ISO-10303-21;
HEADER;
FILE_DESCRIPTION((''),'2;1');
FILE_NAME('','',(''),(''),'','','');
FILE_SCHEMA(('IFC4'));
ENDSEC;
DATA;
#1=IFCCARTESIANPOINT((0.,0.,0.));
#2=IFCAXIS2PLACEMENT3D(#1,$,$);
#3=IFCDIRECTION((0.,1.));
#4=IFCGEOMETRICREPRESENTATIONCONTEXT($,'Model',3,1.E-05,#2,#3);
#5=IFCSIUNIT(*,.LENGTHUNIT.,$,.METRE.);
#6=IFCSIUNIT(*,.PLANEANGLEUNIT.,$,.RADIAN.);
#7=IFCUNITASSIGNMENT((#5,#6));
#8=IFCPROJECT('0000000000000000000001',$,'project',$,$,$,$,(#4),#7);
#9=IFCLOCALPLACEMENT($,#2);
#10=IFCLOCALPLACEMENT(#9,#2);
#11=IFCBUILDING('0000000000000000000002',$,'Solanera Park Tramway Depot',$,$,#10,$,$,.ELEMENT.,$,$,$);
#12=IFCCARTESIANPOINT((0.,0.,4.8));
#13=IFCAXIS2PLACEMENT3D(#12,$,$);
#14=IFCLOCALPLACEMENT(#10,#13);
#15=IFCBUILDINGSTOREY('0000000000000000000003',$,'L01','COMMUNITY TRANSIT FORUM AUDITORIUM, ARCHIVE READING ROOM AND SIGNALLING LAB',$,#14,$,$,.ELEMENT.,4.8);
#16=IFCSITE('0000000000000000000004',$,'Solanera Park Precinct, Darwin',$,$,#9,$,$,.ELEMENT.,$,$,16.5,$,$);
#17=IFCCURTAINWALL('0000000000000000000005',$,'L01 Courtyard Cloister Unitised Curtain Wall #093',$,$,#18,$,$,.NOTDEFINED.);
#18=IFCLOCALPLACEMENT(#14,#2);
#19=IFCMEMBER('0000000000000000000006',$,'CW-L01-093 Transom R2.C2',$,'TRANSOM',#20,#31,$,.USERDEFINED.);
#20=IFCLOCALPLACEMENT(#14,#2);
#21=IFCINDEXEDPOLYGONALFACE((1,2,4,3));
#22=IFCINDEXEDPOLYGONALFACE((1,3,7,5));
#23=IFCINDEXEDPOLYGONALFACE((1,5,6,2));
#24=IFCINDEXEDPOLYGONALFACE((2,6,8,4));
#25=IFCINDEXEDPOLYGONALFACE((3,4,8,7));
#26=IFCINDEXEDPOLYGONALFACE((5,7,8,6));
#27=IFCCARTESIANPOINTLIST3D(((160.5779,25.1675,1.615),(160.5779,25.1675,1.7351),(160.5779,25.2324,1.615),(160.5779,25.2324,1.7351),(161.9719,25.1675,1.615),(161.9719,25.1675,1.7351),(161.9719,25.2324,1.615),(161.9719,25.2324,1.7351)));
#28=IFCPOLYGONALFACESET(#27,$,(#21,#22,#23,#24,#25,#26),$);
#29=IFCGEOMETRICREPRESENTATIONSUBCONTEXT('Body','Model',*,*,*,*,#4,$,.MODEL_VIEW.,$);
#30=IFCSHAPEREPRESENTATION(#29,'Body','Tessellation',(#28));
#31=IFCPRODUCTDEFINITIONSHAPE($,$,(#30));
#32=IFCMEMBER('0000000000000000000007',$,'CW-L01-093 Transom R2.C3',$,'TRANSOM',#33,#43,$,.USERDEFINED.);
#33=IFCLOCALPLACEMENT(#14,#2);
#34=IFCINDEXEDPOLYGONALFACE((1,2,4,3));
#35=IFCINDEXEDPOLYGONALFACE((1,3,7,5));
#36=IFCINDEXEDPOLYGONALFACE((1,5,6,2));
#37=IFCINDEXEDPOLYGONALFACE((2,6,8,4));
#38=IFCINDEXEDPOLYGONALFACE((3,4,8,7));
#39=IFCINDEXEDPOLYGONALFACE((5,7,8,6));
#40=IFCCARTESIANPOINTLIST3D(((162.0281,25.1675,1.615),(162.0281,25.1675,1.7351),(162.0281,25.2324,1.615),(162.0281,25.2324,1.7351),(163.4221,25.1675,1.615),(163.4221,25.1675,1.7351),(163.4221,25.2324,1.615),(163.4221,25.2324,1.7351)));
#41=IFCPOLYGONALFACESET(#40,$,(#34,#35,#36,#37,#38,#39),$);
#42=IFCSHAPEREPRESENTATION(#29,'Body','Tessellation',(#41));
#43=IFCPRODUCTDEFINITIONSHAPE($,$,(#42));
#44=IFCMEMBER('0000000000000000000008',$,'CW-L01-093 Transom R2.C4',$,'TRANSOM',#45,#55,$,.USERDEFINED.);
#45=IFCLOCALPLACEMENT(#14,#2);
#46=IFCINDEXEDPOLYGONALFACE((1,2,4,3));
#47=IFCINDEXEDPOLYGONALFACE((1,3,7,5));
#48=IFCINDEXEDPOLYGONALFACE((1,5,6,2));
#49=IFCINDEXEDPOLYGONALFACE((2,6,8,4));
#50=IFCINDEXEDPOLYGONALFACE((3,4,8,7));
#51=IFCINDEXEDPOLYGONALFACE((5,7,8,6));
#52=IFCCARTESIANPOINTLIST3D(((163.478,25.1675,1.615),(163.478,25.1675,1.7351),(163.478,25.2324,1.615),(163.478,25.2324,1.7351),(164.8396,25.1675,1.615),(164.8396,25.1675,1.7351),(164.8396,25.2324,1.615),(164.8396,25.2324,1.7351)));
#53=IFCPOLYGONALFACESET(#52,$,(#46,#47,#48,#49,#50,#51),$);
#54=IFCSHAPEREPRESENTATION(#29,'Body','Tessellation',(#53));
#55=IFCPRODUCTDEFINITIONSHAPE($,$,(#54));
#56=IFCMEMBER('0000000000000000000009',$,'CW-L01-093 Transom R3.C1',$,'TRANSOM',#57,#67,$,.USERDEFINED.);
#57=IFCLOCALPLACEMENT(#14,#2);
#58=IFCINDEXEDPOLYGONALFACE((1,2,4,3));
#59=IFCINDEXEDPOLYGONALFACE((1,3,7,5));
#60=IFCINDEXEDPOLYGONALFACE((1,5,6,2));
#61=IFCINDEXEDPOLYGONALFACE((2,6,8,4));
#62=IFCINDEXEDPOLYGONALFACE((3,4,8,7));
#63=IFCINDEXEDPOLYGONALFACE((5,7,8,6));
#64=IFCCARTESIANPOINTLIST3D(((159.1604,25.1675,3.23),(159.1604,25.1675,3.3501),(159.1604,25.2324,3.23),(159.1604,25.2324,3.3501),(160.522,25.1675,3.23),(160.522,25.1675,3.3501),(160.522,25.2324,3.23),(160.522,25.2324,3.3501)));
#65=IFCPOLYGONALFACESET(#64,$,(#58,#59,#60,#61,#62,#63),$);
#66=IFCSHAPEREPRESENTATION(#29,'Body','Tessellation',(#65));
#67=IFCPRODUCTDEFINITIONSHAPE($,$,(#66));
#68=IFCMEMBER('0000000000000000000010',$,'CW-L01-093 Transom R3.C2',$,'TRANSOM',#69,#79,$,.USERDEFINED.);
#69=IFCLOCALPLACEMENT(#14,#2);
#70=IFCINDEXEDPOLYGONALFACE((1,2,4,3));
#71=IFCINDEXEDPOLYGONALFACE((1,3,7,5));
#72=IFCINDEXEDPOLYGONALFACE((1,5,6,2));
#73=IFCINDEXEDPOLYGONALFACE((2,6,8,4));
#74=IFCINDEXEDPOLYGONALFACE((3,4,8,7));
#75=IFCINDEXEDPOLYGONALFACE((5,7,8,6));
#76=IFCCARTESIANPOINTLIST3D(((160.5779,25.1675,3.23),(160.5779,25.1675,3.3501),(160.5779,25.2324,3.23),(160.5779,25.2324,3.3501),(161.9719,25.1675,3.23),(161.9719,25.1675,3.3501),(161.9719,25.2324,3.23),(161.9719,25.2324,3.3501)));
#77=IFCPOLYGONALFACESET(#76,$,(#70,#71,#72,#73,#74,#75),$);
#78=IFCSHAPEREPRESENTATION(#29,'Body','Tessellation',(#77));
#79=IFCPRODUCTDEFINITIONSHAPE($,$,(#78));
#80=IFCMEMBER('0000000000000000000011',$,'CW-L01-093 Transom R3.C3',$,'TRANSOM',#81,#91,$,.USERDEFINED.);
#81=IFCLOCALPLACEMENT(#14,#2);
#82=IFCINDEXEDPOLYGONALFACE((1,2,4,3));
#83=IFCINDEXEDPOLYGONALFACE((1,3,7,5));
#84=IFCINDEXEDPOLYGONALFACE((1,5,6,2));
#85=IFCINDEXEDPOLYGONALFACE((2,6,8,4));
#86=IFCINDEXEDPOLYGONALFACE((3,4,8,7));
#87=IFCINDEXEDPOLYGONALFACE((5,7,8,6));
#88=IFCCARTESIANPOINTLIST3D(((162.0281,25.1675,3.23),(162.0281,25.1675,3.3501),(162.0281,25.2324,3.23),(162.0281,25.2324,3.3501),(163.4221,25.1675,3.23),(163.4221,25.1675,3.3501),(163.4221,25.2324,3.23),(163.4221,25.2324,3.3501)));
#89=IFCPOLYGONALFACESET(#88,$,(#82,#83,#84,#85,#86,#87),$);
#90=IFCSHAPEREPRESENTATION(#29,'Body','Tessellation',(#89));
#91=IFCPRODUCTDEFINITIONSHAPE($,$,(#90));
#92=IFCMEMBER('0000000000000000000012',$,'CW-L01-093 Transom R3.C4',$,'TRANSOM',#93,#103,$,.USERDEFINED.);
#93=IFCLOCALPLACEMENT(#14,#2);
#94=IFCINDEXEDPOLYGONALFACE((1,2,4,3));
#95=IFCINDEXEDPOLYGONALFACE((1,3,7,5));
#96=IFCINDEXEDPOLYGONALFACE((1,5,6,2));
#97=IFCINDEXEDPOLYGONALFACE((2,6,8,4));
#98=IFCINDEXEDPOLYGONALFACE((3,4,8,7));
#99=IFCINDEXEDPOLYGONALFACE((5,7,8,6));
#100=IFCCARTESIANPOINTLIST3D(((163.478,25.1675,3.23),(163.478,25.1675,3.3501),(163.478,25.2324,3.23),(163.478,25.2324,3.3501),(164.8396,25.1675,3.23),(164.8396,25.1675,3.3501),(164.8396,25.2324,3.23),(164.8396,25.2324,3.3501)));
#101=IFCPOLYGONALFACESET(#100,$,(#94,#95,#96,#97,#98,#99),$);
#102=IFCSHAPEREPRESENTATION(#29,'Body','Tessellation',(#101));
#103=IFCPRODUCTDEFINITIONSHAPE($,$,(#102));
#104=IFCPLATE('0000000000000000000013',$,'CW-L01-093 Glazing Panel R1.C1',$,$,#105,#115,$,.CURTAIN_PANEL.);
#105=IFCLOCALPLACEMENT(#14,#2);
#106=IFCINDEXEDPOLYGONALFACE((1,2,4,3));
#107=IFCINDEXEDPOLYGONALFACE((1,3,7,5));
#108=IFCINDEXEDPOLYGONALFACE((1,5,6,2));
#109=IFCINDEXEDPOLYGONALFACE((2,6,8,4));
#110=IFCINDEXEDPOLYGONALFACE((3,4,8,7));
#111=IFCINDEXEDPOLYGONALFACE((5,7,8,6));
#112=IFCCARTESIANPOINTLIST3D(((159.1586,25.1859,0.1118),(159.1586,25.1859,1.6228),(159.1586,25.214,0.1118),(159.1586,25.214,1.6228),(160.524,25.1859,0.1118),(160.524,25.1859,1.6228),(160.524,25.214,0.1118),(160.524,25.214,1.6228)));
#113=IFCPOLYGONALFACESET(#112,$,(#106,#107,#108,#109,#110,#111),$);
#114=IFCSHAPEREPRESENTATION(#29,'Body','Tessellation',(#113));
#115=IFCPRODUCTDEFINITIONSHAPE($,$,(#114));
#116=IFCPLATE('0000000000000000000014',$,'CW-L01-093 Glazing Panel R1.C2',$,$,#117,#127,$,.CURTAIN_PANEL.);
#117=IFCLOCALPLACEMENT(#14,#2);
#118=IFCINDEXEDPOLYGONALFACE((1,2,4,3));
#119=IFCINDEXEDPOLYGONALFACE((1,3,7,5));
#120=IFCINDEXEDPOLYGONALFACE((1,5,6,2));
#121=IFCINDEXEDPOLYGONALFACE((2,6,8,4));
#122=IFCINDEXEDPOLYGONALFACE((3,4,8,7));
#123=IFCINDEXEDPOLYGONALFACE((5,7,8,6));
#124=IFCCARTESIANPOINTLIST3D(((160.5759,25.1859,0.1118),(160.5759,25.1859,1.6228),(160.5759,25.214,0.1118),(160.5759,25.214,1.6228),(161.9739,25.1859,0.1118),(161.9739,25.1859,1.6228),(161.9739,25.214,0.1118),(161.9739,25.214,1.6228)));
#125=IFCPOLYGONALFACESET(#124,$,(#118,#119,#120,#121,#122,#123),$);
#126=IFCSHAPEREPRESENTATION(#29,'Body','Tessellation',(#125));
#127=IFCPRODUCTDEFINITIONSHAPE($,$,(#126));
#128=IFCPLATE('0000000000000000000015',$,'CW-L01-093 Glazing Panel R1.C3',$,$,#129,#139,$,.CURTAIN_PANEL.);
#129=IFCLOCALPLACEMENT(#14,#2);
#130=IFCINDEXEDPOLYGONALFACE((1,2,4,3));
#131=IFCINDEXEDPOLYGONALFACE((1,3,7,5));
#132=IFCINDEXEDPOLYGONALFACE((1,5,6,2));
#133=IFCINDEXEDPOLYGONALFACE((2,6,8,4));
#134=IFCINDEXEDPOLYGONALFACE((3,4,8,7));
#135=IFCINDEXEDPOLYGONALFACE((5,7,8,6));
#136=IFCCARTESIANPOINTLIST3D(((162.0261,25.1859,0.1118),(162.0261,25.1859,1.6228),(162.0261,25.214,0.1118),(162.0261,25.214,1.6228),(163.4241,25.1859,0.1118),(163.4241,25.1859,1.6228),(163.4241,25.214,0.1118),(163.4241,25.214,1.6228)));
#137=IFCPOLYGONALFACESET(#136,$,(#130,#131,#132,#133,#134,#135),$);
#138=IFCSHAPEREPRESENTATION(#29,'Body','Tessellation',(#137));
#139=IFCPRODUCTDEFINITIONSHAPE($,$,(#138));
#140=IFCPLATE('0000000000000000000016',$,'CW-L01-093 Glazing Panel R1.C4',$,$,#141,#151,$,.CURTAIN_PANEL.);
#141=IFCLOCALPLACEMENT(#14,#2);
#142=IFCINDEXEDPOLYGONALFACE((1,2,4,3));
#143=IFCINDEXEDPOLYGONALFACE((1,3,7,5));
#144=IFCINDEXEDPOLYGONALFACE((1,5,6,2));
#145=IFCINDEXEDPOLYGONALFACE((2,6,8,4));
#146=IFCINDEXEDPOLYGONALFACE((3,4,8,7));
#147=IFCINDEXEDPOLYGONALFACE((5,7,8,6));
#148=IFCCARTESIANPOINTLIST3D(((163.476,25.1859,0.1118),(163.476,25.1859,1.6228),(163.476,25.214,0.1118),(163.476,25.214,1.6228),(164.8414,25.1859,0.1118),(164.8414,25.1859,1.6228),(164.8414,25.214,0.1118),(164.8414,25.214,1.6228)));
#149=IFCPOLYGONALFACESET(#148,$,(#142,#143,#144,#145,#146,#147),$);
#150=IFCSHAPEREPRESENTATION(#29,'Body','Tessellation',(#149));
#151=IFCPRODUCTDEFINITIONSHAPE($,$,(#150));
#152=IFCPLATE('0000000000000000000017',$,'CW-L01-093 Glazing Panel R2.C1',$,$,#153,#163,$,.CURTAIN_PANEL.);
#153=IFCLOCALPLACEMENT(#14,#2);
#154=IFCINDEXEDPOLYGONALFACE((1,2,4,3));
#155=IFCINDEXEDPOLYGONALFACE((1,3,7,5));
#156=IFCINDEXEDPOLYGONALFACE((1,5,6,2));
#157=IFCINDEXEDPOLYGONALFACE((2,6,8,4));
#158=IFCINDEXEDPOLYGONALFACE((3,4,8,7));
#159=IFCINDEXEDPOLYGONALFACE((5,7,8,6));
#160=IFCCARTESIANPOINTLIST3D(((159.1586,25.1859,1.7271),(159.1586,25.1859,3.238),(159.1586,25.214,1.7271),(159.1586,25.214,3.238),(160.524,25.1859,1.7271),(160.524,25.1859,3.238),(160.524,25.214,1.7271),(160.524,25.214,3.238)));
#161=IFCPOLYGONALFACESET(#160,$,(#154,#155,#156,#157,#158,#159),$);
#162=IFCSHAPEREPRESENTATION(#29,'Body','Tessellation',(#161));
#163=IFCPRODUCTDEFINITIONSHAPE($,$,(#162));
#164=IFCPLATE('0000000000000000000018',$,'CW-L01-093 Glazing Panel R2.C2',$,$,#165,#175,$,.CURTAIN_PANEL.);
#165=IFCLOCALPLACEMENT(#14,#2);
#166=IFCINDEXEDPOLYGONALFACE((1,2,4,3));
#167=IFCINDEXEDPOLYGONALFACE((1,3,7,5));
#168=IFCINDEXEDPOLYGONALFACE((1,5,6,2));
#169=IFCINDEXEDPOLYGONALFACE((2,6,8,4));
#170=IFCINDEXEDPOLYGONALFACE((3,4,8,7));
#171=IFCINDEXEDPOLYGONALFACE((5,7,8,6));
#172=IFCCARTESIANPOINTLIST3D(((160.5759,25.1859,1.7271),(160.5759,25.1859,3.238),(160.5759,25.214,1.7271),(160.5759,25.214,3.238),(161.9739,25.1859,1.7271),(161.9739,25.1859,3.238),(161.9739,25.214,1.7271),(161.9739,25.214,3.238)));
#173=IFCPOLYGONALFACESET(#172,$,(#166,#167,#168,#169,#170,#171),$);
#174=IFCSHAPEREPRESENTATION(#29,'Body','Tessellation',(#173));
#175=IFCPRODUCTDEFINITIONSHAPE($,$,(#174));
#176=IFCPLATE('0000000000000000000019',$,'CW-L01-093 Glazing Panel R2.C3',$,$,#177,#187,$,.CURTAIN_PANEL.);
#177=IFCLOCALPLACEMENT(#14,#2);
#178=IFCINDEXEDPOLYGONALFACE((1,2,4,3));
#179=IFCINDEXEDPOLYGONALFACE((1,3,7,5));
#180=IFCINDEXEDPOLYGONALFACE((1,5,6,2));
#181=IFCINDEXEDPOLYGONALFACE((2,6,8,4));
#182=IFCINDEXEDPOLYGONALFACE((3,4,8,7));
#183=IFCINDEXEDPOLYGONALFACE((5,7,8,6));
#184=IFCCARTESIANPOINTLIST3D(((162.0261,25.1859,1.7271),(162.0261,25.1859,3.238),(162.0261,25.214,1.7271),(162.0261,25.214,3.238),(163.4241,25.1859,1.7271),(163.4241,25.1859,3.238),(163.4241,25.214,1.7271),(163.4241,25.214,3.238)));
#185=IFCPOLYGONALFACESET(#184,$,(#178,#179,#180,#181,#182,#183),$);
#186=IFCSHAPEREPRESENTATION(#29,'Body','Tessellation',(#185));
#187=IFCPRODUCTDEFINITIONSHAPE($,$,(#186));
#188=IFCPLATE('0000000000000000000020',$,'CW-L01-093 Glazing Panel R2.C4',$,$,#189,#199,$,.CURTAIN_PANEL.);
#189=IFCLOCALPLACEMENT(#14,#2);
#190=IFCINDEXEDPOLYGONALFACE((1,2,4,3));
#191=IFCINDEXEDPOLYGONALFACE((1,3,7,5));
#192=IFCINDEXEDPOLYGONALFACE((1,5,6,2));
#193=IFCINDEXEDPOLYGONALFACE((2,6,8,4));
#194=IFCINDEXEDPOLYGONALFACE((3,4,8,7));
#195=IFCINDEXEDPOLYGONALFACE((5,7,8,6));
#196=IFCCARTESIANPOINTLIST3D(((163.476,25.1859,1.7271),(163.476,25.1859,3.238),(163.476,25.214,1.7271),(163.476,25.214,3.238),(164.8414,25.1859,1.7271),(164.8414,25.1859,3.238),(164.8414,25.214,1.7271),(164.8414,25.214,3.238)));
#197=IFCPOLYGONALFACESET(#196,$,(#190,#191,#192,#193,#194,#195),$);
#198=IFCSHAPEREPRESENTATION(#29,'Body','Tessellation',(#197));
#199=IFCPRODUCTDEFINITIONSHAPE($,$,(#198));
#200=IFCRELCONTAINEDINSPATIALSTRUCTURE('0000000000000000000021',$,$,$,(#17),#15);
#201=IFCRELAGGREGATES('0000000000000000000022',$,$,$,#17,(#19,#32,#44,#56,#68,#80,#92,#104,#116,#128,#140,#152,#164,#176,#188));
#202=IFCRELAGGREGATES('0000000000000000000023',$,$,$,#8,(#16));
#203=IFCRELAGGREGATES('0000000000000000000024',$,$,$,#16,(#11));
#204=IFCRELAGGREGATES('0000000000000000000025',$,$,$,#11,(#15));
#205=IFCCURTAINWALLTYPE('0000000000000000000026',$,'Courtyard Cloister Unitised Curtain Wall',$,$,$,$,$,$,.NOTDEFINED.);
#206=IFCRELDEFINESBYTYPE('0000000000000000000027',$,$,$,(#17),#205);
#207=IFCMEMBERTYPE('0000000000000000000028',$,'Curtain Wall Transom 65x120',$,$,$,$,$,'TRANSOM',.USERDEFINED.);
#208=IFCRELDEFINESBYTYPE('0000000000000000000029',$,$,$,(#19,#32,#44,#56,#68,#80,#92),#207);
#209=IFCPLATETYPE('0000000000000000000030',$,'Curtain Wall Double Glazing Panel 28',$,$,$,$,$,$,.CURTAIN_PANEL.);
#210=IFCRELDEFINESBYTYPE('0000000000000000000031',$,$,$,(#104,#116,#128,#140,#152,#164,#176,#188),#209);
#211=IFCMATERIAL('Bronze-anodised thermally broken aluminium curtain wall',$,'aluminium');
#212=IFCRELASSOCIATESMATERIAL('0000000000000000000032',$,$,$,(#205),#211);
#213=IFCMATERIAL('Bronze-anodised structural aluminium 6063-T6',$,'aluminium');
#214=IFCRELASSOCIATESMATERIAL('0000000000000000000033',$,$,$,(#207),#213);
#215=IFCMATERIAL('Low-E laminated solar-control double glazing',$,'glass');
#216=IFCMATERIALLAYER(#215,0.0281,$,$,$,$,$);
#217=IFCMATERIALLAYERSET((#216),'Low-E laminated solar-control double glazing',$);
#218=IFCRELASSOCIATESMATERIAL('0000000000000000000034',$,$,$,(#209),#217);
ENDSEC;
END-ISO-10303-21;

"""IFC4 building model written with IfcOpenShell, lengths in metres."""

from ifc_helpers import new_model, si_unit, direction, frame, origin, origin_2d, place, context, subcontext, project, spatial, rectangle, extrude, material, layer, layer_set, material_profile, profile_set, type_object, element, aggregate, save


model = new_model("IFC4")

# Units and contexts
model_context = context("Model", 3, precision=1e-05, world=origin(), true_north=direction((0.0, 1.0)))
body_context = subcontext(model_context, "Body", "Model", "MODEL_VIEW")
ifc_project = project(units=[si_unit("LENGTHUNIT", "METRE"), si_unit("PLANEANGLEUNIT", "RADIAN")], contexts=[model_context])

# Site, building, storey
site_placement = place(None, origin())
site = spatial("IfcSite", under=ifc_project, at=site_placement, Name="Solanera Park Precinct, Darwin", CompositionType="ELEMENT", RefElevation=16.5)
building_placement = place(site_placement, origin())
building = spatial("IfcBuilding", under=site, at=building_placement, Name="Solanera Park Tramway Depot", CompositionType="ELEMENT")
storey_placement = place(building_placement, frame((0.0, 0.0, 4.8)))
storey = spatial("IfcBuildingStorey", under=building, at=storey_placement, Name="L01", Description="COMMUNITY TRANSIT FORUM AUDITORIUM, ARCHIVE READING ROOM AND SIGNALLING LAB", CompositionType="ELEMENT", Elevation=4.8)

# Curtain wall
ifc_material_1 = material(Name="Bronze-anodised thermally broken aluminium curtain wall", Category="aluminium")
curtain_wall_type = type_object("IfcCurtainWallType", Name="Courtyard Cloister Unitised Curtain Wall", PredefinedType="NOTDEFINED", material=ifc_material_1)
curtain_wall_1_placement = place(storey_placement, origin())
curtain_wall_1 = element("IfcCurtainWall", 1, at=curtain_wall_1_placement, inside=storey, type_object=curtain_wall_type, Name="L01 Courtyard Cloister Unitised Curtain Wall #093", PredefinedType="NOTDEFINED")

# Members
ifc_material_2 = material(Name="Bronze-anodised structural aluminium 6063-T6", Category="aluminium")
ifc_material_profile_1 = material_profile(ifc_material_2, rectangle(XDim=0.0649, YDim=0.1201, at=origin_2d()), Name="Curtain Wall Transom 65x120")
ifc_profile_set_1 = profile_set([ifc_material_profile_1], Name="Bronze-anodised structural aluminium 6063-T6")
member_type_1 = type_object("IfcMemberType", Name="Curtain Wall Transom 65x120", ElementType="TRANSOM", PredefinedType="USERDEFINED", material=ifc_profile_set_1)
member_1_placement = place(storey_placement, frame((160.5779, 25.2, 1.675), z_axis=(1.0, 0.0, 0.0), x_axis=(0.0, 1.0, 0.0)))
member_1 = element("IfcMember", 2, at=member_1_placement, type_object=member_type_1, Name="CW-L01-093 Transom R2.C2", ObjectType="TRANSOM", PredefinedType="USERDEFINED", context=body_context, shape_type="SweptSolid", body=[
    extrude(rectangle(XDim=0.0649, YDim=0.1201, at=origin_2d()), origin(), (0.0, 0.0, 1.0), 1.394),
])
member_2_placement = place(storey_placement, frame((162.0281, 25.2, 1.675), z_axis=(1.0, 0.0, 0.0), x_axis=(0.0, 1.0, 0.0)))
member_2 = element("IfcMember", 3, at=member_2_placement, type_object=member_type_1, Name="CW-L01-093 Transom R2.C3", ObjectType="TRANSOM", PredefinedType="USERDEFINED", context=body_context, shape_type="SweptSolid", body=[
    extrude(rectangle(XDim=0.0649, YDim=0.1201, at=origin_2d()), origin(), (0.0, 0.0, 1.0), 1.394),
])
member_3_placement = place(storey_placement, frame((163.478, 25.2, 1.675), z_axis=(1.0, 0.0, 0.0), x_axis=(0.0, 1.0, 0.0)))
member_3 = element("IfcMember", 4, at=member_3_placement, type_object=member_type_1, Name="CW-L01-093 Transom R2.C4", ObjectType="TRANSOM", PredefinedType="USERDEFINED", context=body_context, shape_type="SweptSolid", body=[
    extrude(rectangle(XDim=0.0649, YDim=0.1201, at=origin_2d()), origin(), (0.0, 0.0, 1.0), 1.3616),
])
member_4_placement = place(storey_placement, frame((159.1604, 25.2, 3.29), z_axis=(1.0, 0.0, 0.0), x_axis=(0.0, 1.0, 0.0)))
member_4 = element("IfcMember", 5, at=member_4_placement, type_object=member_type_1, Name="CW-L01-093 Transom R3.C1", ObjectType="TRANSOM", PredefinedType="USERDEFINED", context=body_context, shape_type="SweptSolid", body=[
    extrude(rectangle(XDim=0.0649, YDim=0.1201, at=origin_2d()), origin(), (0.0, 0.0, 1.0), 1.3616),
])
member_5_placement = place(storey_placement, frame((160.5779, 25.2, 3.29), z_axis=(1.0, 0.0, 0.0), x_axis=(0.0, 1.0, 0.0)))
member_5 = element("IfcMember", 6, at=member_5_placement, type_object=member_type_1, Name="CW-L01-093 Transom R3.C2", ObjectType="TRANSOM", PredefinedType="USERDEFINED", context=body_context, shape_type="SweptSolid", body=[
    extrude(rectangle(XDim=0.0649, YDim=0.1201, at=origin_2d()), origin(), (0.0, 0.0, 1.0), 1.394),
])
member_6_placement = place(storey_placement, frame((162.0281, 25.2, 3.29), z_axis=(1.0, 0.0, 0.0), x_axis=(0.0, 1.0, 0.0)))
member_6 = element("IfcMember", 7, at=member_6_placement, type_object=member_type_1, Name="CW-L01-093 Transom R3.C3", ObjectType="TRANSOM", PredefinedType="USERDEFINED", context=body_context, shape_type="SweptSolid", body=[
    extrude(rectangle(XDim=0.0649, YDim=0.1201, at=origin_2d()), origin(), (0.0, 0.0, 1.0), 1.394),
])
member_7_placement = place(storey_placement, frame((163.478, 25.2, 3.29), z_axis=(1.0, 0.0, 0.0), x_axis=(0.0, 1.0, 0.0)))
member_7 = element("IfcMember", 8, at=member_7_placement, type_object=member_type_1, Name="CW-L01-093 Transom R3.C4", ObjectType="TRANSOM", PredefinedType="USERDEFINED", context=body_context, shape_type="SweptSolid", body=[
    extrude(rectangle(XDim=0.0649, YDim=0.1201, at=origin_2d()), origin(), (0.0, 0.0, 1.0), 1.3616),
])

# Plates
ifc_material_3 = material(Name="Low-E laminated solar-control double glazing", Category="glass")
ifc_layer = layer(ifc_material_3, 0.0281)
ifc_layer_set = layer_set([ifc_layer], Name="Low-E laminated solar-control double glazing")
plate_type = type_object("IfcPlateType", Name="Curtain Wall Double Glazing Panel 28", PredefinedType="CURTAIN_PANEL", material=ifc_layer_set)
plate_1_placement = place(storey_placement, frame((159.8413, 25.2, 0.1118), z_axis=(0.0, 0.0, 1.0), x_axis=(1.0, 0.0, 0.0)))
plate_1 = element("IfcPlate", 9, at=plate_1_placement, type_object=plate_type, Name="CW-L01-093 Glazing Panel R1.C1", PredefinedType="CURTAIN_PANEL", context=body_context, shape_type="SweptSolid", body=[
    extrude(rectangle(XDim=1.3655, YDim=0.0281, at=origin_2d()), origin(), (0.0, 0.0, 1.0), 1.511),
])
plate_2_placement = place(storey_placement, frame((161.2749, 25.2, 0.1118), z_axis=(0.0, 0.0, 1.0), x_axis=(1.0, 0.0, 0.0)))
plate_2 = element("IfcPlate", 10, at=plate_2_placement, type_object=plate_type, Name="CW-L01-093 Glazing Panel R1.C2", PredefinedType="CURTAIN_PANEL", context=body_context, shape_type="SweptSolid", body=[
    extrude(rectangle(XDim=1.3979, YDim=0.0281, at=origin_2d()), origin(), (0.0, 0.0, 1.0), 1.511),
])
plate_3_placement = place(storey_placement, frame((162.7251, 25.2, 0.1118), z_axis=(0.0, 0.0, 1.0), x_axis=(1.0, 0.0, 0.0)))
plate_3 = element("IfcPlate", 11, at=plate_3_placement, type_object=plate_type, Name="CW-L01-093 Glazing Panel R1.C3", PredefinedType="CURTAIN_PANEL", context=body_context, shape_type="SweptSolid", body=[
    extrude(rectangle(XDim=1.3979, YDim=0.0281, at=origin_2d()), origin(), (0.0, 0.0, 1.0), 1.511),
])
plate_4_placement = place(storey_placement, frame((164.1587, 25.2, 0.1118), z_axis=(0.0, 0.0, 1.0), x_axis=(1.0, 0.0, 0.0)))
plate_4 = element("IfcPlate", 12, at=plate_4_placement, type_object=plate_type, Name="CW-L01-093 Glazing Panel R1.C4", PredefinedType="CURTAIN_PANEL", context=body_context, shape_type="SweptSolid", body=[
    extrude(rectangle(XDim=1.3655, YDim=0.0281, at=origin_2d()), origin(), (0.0, 0.0, 1.0), 1.511),
])
plate_5_placement = place(storey_placement, frame((159.8413, 25.2, 1.7271), z_axis=(0.0, 0.0, 1.0), x_axis=(1.0, 0.0, 0.0)))
plate_5 = element("IfcPlate", 13, at=plate_5_placement, type_object=plate_type, Name="CW-L01-093 Glazing Panel R2.C1", PredefinedType="CURTAIN_PANEL", context=body_context, shape_type="SweptSolid", body=[
    extrude(rectangle(XDim=1.3655, YDim=0.0281, at=origin_2d()), origin(), (0.0, 0.0, 1.0), 1.511),
])
plate_6_placement = place(storey_placement, frame((161.2749, 25.2, 1.7271), z_axis=(0.0, 0.0, 1.0), x_axis=(1.0, 0.0, 0.0)))
plate_6 = element("IfcPlate", 14, at=plate_6_placement, type_object=plate_type, Name="CW-L01-093 Glazing Panel R2.C2", PredefinedType="CURTAIN_PANEL", context=body_context, shape_type="SweptSolid", body=[
    extrude(rectangle(XDim=1.3979, YDim=0.0281, at=origin_2d()), origin(), (0.0, 0.0, 1.0), 1.511),
])
plate_7_placement = place(storey_placement, frame((162.7251, 25.2, 1.7271), z_axis=(0.0, 0.0, 1.0), x_axis=(1.0, 0.0, 0.0)))
plate_7 = element("IfcPlate", 15, at=plate_7_placement, type_object=plate_type, Name="CW-L01-093 Glazing Panel R2.C3", PredefinedType="CURTAIN_PANEL", context=body_context, shape_type="SweptSolid", body=[
    extrude(rectangle(XDim=1.3979, YDim=0.0281, at=origin_2d()), origin(), (0.0, 0.0, 1.0), 1.511),
])
plate_8_placement = place(storey_placement, frame((164.1587, 25.2, 1.7271), z_axis=(0.0, 0.0, 1.0), x_axis=(1.0, 0.0, 0.0)))
plate_8 = element("IfcPlate", 16, at=plate_8_placement, type_object=plate_type, Name="CW-L01-093 Glazing Panel R2.C4", PredefinedType="CURTAIN_PANEL", context=body_context, shape_type="SweptSolid", body=[
    extrude(rectangle(XDim=1.3655, YDim=0.0281, at=origin_2d()), origin(), (0.0, 0.0, 1.0), 1.511),
])
aggregate(curtain_wall_1, [member_1, member_2, member_3, member_4, member_5, member_6, member_7, plate_1, plate_2, plate_3, plate_4, plate_5, plate_6, plate_7, plate_8])

save(model, "model.ifc")
